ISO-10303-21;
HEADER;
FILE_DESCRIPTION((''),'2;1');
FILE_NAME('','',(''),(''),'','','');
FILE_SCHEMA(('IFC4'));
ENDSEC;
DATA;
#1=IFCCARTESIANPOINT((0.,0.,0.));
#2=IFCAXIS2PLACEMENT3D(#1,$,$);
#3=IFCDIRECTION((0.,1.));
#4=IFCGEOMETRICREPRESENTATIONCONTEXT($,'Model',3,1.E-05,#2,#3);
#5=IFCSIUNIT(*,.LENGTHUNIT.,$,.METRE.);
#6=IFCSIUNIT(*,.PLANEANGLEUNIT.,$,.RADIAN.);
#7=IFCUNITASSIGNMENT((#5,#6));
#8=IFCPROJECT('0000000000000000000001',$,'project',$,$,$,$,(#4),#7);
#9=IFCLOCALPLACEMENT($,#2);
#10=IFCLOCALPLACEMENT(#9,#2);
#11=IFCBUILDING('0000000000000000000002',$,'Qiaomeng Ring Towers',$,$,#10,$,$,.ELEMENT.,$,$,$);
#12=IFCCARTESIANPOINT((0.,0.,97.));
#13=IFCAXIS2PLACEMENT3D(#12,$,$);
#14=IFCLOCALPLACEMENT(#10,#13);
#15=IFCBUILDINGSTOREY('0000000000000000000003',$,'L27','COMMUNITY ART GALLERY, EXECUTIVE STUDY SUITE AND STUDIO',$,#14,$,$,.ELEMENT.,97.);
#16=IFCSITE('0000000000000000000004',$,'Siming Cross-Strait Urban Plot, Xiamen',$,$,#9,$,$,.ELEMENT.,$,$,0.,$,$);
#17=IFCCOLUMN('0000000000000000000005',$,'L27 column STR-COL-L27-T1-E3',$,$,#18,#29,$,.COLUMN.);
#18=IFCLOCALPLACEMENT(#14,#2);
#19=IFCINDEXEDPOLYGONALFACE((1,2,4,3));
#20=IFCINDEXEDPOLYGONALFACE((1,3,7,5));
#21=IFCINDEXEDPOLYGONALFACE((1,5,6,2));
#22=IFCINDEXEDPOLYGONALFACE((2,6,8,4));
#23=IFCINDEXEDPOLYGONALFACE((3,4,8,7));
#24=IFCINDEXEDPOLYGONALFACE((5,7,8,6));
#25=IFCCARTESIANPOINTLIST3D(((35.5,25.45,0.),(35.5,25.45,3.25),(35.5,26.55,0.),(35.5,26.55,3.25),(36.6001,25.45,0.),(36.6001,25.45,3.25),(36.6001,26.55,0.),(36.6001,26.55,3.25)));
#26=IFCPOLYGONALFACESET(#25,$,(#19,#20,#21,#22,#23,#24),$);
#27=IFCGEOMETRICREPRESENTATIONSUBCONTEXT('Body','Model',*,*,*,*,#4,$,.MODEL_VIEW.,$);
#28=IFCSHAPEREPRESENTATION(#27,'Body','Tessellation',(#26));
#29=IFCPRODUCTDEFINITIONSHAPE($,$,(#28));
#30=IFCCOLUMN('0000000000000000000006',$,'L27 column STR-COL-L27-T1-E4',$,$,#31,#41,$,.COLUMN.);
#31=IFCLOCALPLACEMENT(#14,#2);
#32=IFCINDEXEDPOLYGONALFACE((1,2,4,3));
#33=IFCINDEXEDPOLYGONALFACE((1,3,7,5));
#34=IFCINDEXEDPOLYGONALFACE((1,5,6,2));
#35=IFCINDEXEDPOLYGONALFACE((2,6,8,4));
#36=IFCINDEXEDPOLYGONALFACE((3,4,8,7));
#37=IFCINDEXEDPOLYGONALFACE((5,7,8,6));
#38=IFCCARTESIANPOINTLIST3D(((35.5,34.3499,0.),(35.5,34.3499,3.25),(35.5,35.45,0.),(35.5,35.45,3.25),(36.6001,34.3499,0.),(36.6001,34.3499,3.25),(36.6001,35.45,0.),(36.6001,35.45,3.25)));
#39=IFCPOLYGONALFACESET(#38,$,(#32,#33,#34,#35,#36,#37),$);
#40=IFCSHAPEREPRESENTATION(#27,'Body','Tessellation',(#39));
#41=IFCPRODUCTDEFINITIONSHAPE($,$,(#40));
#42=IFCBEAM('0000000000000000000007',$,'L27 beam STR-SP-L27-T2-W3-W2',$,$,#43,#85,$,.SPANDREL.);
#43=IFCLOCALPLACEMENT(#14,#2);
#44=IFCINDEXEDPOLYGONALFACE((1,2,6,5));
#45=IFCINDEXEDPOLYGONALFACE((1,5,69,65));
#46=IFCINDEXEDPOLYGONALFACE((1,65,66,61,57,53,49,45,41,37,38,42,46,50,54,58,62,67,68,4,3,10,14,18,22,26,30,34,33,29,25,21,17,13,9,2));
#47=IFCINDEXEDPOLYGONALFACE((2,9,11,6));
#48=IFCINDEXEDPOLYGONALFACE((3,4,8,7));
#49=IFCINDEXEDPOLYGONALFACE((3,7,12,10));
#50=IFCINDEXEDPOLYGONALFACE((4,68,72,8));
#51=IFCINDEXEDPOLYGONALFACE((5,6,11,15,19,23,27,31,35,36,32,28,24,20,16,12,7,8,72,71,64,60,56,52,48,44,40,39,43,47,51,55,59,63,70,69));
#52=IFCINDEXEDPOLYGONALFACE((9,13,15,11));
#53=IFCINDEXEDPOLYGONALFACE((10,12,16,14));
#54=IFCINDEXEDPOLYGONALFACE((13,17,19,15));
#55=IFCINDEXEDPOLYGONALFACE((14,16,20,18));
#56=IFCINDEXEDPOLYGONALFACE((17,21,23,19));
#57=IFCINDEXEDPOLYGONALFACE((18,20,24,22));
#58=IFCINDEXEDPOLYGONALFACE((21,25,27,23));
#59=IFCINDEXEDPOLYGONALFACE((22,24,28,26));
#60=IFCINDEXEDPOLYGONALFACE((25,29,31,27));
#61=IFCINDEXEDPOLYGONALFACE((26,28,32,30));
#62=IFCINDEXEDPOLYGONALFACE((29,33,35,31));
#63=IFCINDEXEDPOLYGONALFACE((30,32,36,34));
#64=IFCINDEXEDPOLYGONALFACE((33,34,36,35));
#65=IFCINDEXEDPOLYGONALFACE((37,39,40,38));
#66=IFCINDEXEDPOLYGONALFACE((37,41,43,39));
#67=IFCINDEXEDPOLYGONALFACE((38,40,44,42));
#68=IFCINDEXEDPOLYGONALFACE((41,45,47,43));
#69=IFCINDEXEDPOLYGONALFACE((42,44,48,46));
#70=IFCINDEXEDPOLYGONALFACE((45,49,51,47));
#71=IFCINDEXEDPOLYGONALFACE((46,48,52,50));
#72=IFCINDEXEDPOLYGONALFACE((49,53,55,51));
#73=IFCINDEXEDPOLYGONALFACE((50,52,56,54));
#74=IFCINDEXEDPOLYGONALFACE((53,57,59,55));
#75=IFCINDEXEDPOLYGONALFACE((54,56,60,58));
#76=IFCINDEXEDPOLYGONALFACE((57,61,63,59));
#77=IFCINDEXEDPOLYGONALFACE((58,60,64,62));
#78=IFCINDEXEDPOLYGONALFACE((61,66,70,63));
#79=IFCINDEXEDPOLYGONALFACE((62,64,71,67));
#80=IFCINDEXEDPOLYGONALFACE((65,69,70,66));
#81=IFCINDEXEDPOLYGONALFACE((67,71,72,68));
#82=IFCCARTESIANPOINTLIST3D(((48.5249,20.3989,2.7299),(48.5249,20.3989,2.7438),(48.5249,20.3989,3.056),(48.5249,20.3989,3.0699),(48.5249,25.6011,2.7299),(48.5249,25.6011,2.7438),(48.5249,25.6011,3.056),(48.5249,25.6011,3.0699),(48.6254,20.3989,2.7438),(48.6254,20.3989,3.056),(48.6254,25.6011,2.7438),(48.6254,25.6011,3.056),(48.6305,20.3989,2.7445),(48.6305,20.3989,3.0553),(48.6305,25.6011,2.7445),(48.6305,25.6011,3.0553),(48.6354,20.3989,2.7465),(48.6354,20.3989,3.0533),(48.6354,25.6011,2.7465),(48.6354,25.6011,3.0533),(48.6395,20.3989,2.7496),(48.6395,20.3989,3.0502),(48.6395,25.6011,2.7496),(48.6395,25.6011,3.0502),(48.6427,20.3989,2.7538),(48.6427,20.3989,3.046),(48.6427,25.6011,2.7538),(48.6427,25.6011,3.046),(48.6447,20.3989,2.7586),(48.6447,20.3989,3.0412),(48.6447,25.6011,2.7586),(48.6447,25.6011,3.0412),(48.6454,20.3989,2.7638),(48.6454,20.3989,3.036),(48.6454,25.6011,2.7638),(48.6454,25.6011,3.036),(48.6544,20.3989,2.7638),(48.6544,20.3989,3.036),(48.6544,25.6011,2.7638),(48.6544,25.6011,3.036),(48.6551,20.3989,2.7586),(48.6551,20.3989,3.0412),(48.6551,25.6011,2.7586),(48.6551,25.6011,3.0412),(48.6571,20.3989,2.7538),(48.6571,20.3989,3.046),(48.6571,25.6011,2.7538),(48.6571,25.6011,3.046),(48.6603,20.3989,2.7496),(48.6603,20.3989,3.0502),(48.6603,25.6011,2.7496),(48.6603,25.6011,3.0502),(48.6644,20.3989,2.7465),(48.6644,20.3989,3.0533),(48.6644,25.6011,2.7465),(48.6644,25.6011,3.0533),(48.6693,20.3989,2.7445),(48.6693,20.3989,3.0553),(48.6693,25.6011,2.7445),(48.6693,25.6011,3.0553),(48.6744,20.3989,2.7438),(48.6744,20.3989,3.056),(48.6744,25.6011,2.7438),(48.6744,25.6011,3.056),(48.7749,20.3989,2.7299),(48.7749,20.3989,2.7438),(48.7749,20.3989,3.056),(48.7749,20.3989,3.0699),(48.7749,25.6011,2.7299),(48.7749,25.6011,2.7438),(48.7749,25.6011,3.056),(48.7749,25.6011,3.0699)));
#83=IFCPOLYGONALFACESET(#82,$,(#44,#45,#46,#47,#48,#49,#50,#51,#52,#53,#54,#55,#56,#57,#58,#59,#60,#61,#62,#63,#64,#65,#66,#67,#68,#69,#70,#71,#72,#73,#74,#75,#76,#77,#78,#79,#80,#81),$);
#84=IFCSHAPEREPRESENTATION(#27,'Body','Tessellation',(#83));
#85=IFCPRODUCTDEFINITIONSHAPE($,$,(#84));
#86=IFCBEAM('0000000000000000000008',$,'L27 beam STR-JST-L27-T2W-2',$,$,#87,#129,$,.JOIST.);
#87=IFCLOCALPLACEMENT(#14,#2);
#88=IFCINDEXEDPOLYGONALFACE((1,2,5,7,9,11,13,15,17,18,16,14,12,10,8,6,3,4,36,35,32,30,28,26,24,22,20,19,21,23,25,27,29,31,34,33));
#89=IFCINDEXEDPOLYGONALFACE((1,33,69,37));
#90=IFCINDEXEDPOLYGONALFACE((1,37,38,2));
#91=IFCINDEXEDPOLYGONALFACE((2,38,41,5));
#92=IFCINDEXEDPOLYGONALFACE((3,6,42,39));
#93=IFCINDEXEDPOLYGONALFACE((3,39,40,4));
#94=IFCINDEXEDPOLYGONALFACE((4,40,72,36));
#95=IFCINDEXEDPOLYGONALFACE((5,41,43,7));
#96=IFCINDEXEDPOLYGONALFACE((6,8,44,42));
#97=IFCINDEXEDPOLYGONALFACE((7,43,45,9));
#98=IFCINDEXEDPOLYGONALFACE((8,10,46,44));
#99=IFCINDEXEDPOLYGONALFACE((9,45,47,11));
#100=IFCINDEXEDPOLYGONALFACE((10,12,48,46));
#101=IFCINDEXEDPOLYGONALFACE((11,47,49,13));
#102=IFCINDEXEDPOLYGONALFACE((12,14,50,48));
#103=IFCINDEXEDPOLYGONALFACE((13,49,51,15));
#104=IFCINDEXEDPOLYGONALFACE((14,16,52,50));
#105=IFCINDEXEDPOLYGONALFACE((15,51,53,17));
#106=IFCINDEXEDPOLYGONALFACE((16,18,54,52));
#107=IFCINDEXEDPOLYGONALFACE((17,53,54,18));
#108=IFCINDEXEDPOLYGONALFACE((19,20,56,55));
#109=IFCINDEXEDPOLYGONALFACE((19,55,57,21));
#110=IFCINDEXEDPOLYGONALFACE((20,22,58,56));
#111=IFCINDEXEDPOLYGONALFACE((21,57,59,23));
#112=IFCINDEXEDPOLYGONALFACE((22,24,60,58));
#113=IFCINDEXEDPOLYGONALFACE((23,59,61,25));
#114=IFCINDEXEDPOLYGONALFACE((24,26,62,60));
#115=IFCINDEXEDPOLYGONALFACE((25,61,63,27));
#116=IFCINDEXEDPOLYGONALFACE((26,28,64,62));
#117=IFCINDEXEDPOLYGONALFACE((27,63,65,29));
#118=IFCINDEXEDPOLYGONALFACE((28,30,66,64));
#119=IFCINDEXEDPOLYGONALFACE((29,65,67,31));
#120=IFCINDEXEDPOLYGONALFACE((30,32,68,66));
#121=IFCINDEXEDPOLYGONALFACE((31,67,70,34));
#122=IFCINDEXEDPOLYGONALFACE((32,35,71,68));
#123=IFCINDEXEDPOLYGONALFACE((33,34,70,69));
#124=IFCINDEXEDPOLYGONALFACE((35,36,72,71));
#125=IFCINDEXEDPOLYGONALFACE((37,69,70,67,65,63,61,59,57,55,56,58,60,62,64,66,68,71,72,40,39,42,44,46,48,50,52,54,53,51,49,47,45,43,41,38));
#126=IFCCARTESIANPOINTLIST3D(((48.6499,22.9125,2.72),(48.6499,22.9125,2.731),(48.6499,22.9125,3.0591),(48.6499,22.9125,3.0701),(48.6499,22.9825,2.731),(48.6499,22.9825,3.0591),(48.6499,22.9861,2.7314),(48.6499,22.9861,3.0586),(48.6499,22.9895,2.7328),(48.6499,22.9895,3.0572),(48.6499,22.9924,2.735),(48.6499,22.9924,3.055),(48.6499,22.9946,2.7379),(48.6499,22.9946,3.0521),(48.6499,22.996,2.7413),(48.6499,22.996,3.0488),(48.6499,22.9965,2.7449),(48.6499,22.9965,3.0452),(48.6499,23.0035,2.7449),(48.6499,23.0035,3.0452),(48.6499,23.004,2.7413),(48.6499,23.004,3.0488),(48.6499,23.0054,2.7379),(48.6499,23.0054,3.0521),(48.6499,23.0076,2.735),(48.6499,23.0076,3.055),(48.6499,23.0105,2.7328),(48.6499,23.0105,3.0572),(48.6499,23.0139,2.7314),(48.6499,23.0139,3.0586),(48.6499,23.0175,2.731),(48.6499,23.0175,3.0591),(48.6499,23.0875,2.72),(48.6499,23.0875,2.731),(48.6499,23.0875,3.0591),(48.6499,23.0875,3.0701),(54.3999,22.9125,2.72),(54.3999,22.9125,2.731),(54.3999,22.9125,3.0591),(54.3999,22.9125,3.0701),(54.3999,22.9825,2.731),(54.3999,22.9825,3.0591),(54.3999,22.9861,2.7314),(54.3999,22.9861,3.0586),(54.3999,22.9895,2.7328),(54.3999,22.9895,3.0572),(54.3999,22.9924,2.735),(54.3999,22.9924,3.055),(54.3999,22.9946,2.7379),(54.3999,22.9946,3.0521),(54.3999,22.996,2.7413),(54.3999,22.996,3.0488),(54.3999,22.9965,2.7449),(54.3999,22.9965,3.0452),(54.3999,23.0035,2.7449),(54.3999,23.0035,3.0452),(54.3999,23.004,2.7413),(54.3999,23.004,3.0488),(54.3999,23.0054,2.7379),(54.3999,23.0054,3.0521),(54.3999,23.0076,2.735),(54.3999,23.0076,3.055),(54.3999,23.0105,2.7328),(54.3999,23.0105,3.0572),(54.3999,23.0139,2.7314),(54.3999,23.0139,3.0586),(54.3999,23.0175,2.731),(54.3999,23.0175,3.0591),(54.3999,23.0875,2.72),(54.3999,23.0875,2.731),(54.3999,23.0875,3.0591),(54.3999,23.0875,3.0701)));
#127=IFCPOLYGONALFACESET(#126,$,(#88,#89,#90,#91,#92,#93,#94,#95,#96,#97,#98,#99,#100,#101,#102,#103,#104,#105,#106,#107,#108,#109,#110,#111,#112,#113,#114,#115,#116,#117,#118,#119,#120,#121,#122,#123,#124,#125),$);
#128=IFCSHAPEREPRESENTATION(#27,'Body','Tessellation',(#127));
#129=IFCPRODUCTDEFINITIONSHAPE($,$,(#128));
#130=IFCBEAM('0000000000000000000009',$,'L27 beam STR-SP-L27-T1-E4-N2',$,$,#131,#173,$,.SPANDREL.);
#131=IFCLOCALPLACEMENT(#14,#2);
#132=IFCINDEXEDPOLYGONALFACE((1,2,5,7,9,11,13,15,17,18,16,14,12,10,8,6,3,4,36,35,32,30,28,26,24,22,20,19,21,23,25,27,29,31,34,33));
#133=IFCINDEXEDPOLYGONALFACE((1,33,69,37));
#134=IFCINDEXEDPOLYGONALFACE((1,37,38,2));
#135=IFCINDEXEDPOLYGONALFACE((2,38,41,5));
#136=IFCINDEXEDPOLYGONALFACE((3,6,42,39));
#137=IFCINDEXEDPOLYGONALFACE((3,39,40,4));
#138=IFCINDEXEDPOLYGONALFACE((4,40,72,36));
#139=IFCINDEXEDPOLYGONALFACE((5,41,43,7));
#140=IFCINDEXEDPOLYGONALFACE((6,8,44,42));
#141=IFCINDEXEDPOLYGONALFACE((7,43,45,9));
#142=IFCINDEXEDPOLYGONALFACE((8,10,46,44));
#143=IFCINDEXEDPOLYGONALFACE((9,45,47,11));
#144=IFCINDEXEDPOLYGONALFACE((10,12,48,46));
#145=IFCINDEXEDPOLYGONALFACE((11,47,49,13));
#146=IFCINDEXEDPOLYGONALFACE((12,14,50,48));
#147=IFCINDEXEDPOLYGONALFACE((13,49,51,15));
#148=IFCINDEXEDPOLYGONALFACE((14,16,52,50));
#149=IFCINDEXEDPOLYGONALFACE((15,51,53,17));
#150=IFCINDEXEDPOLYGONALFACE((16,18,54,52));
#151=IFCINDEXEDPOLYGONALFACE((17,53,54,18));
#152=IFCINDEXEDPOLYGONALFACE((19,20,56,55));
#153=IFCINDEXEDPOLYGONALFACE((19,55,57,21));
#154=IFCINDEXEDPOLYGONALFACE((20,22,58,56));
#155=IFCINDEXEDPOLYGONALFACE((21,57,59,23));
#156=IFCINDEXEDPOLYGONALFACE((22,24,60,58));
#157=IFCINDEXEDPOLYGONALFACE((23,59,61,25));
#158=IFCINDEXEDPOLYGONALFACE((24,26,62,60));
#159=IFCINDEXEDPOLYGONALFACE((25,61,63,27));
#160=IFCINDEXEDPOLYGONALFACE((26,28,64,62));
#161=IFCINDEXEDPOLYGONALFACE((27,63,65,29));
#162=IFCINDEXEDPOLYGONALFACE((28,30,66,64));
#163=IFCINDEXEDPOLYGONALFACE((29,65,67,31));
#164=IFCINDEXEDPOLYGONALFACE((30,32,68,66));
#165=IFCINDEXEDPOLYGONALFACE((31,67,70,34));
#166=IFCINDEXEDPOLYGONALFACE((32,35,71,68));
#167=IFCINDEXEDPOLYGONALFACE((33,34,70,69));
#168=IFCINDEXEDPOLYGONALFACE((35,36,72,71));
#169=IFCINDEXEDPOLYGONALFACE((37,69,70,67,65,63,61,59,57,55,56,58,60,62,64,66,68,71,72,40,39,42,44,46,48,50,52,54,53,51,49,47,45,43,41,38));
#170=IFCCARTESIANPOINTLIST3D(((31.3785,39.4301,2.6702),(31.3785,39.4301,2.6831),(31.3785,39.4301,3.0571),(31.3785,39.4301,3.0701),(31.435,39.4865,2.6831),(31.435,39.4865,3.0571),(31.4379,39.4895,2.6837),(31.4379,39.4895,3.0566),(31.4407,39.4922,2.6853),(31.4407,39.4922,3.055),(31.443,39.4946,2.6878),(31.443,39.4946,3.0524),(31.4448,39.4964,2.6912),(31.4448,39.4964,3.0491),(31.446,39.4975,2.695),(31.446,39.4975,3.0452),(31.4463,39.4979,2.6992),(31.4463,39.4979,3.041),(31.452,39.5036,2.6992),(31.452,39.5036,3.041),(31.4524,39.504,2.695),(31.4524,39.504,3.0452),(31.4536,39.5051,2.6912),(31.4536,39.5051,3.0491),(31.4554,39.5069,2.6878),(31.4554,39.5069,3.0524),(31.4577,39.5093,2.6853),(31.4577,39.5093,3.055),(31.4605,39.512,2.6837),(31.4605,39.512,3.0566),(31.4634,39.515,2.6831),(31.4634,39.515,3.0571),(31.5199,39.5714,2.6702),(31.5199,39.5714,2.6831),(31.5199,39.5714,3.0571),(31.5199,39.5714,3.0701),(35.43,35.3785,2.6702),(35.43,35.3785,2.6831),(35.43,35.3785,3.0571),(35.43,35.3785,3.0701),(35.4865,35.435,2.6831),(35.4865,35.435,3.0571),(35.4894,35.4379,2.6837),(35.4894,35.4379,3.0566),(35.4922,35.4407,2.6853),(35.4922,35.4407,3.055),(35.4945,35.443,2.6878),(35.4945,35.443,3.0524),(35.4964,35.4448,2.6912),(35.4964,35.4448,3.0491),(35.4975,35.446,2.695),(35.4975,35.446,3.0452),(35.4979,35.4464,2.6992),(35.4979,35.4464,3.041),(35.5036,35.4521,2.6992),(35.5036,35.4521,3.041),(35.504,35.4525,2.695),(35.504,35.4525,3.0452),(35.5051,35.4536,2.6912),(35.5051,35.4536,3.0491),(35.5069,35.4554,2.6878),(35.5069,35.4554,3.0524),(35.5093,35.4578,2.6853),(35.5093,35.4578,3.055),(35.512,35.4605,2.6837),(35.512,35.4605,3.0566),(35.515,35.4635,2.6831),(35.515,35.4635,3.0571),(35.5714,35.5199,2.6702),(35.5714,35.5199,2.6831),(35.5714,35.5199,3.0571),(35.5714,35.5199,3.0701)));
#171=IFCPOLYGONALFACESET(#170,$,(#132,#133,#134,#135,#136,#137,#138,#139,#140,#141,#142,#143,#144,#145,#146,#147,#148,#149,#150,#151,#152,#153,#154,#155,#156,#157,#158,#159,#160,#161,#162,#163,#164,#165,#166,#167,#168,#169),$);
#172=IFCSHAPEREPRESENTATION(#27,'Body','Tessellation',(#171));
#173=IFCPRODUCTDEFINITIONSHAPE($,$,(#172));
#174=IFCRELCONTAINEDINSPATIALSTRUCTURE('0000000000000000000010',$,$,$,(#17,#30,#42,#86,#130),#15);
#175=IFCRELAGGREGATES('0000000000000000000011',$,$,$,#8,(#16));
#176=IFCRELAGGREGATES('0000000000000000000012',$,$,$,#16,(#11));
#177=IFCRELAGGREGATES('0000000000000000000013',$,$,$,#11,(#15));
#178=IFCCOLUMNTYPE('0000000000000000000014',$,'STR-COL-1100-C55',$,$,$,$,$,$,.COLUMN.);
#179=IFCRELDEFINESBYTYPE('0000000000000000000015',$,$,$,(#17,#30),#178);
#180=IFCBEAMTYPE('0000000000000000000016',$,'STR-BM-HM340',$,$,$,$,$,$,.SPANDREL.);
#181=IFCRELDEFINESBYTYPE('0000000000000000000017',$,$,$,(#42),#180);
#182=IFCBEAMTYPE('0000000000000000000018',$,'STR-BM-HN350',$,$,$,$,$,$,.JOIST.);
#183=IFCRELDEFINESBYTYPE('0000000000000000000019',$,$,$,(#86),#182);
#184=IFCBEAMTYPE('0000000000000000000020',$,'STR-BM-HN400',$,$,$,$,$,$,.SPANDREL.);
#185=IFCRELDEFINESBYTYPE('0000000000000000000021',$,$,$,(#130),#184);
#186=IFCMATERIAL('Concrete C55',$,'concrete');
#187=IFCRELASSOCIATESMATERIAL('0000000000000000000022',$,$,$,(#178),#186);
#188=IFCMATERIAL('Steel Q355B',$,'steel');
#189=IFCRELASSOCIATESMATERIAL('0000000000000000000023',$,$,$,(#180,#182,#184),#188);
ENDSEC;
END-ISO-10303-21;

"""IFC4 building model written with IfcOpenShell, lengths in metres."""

from ifc_helpers import new_model, si_unit, direction, frame, origin, origin_2d, place, context, subcontext, project, spatial, rectangle, i_section, extrude, source, transform, mapped, material, material_profile, profile_set, type_object, element, save


model = new_model("IFC4")

# Units and contexts
model_context = context("Model", 3, precision=1e-05, world=origin(), true_north=direction((0.0, 1.0)))
body_context = subcontext(model_context, "Body", "Model", "MODEL_VIEW")
ifc_project = project(units=[si_unit("LENGTHUNIT", "METRE"), si_unit("PLANEANGLEUNIT", "RADIAN")], contexts=[model_context])

# Site, building, storey
site_placement = place(None, origin())
site = spatial("IfcSite", under=ifc_project, at=site_placement, Name="Siming Cross-Strait Urban Plot, Xiamen", CompositionType="ELEMENT", RefElevation=0.0)
building_placement = place(site_placement, origin())
building = spatial("IfcBuilding", under=site, at=building_placement, Name="Qiaomeng Ring Towers", CompositionType="ELEMENT")
storey_placement = place(building_placement, frame((0.0, 0.0, 97.0)))
storey = spatial("IfcBuildingStorey", under=building, at=storey_placement, Name="L27", Description="COMMUNITY ART GALLERY, EXECUTIVE STUDY SUITE AND STUDIO", CompositionType="ELEMENT", Elevation=97.0)

# Columns
ifc_material_1 = material(Name="Concrete C55", Category="concrete")
ifc_material_profile_1 = material_profile(ifc_material_1, rectangle(XDim=1.1001, YDim=1.1001, at=origin_2d()), Name="RC COL 1100x1100")
ifc_profile_set_1 = profile_set([ifc_material_profile_1], Name="Concrete C55")
column_type = type_object("IfcColumnType", Name="STR-COL-1100-C55", PredefinedType="COLUMN", material=ifc_profile_set_1)
shared_shape_1 = source(origin(), body_context, "Body", "SweptSolid", [
    extrude(rectangle(XDim=1.1001, YDim=1.1001, at=origin_2d()), origin(), (0.0, 0.0, 1.0), 3.25),
])
for number, where, z_axis, x_axis, name in (
    (1, (36.05, 26.0, 0.0), (0.0, 0.0, 1.0), (1.0, 0.0, 0.0), "L27 column STR-COL-L27-T1-E3"),
    (2, (36.05, 34.8999, 0.0), (0.0, 0.0, 1.0), (1.0, 0.0, 0.0), "L27 column STR-COL-L27-T1-E4"),
):
    element("IfcColumn", number, at=place(storey_placement, frame(where, z_axis=z_axis, x_axis=x_axis)), inside=storey, type_object=column_type, Name=name, PredefinedType="COLUMN", context=body_context, shape_type="MappedRepresentation", body=[
        mapped(shared_shape_1, transform((0.0, 0.0, 0.0), x_axis=(1.0, 0.0, 0.0), y_axis=(0.0, 1.0, 0.0), z_axis=(0.0, 0.0, 1.0), scale=1.0)),
    ])

# Beams
ifc_material_2 = material(Name="Steel Q355B", Category="steel")
ifc_material_profile_2 = material_profile(ifc_material_2, i_section(OverallWidth=0.25, OverallDepth=0.3401, WebThickness=0.009, FlangeThickness=0.0139, FilletRadius=0.02, at=origin_2d()), Name="HM 340x250x9x14")
ifc_profile_set_2 = profile_set([ifc_material_profile_2], Name="Steel Q355B")
beam_type_1 = type_object("IfcBeamType", Name="STR-BM-HM340", PredefinedType="SPANDREL", material=ifc_profile_set_2)
shared_shape_2 = source(origin(), body_context, "Body", "SweptSolid", [
    extrude(i_section(OverallWidth=0.25, OverallDepth=0.3401, WebThickness=0.009, FlangeThickness=0.0139, FilletRadius=0.02, at=origin_2d()), origin(), (0.0, 0.0, 1.0), 5.2021),
])
beam_1_placement = place(storey_placement, frame((48.6499, 25.6011, 2.8999), z_axis=(0.0, -1.0, 0.0), x_axis=(1.0, 0.0, 0.0)))
element("IfcBeam", 3, at=beam_1_placement, inside=storey, type_object=beam_type_1, Name="L27 beam STR-SP-L27-T2-W3-W2", PredefinedType="SPANDREL", context=body_context, shape_type="MappedRepresentation", body=[
    mapped(shared_shape_2, transform((0.0, 0.0, 0.0), x_axis=(1.0, 0.0, 0.0), y_axis=(0.0, 1.0, 0.0), z_axis=(0.0, 0.0, 1.0), scale=1.0)),
])
ifc_material_profile_3 = material_profile(ifc_material_2, i_section(OverallWidth=0.175, OverallDepth=0.3501, WebThickness=0.0071, FlangeThickness=0.011, FilletRadius=0.0139, at=origin_2d()), Name="HN 350x175x7x11")
ifc_profile_set_3 = profile_set([ifc_material_profile_3], Name="Steel Q355B")
beam_type_2 = type_object("IfcBeamType", Name="STR-BM-HN350", PredefinedType="JOIST", material=ifc_profile_set_3)
shared_shape_3 = source(origin(), body_context, "Body", "SweptSolid", [
    extrude(i_section(OverallWidth=0.175, OverallDepth=0.3501, WebThickness=0.0071, FlangeThickness=0.011, FilletRadius=0.0139, at=origin_2d()), origin(), (0.0, 0.0, 1.0), 5.75),
])
beam_2_placement = place(storey_placement, frame((48.6499, 23.0, 2.895), z_axis=(1.0, 0.0, 0.0), x_axis=(0.0, 1.0, 0.0)))
element("IfcBeam", 4, at=beam_2_placement, inside=storey, type_object=beam_type_2, Name="L27 beam STR-JST-L27-T2W-2", PredefinedType="JOIST", context=body_context, shape_type="MappedRepresentation", body=[
    mapped(shared_shape_3, transform((0.0, 0.0, 0.0), x_axis=(1.0, 0.0, 0.0), y_axis=(0.0, 1.0, 0.0), z_axis=(0.0, 0.0, 1.0), scale=1.0)),
])
ifc_material_profile_4 = material_profile(ifc_material_2, i_section(OverallWidth=0.2, OverallDepth=0.3999, WebThickness=0.0081, FlangeThickness=0.0129, FilletRadius=0.0161, at=origin_2d()), Name="HN 400x200x8x13")
ifc_profile_set_4 = profile_set([ifc_material_profile_4], Name="Steel Q355B")
beam_type_3 = type_object("IfcBeamType", Name="STR-BM-HN400", PredefinedType="SPANDREL", material=ifc_profile_set_4)
shared_shape_4 = source(origin(), body_context, "Body", "SweptSolid", [
    extrude(i_section(OverallWidth=0.2, OverallDepth=0.3999, WebThickness=0.0081, FlangeThickness=0.0129, FilletRadius=0.0161, at=origin_2d()), origin(), (0.0, 0.0, 1.0), 5.7297),
])
beam_3_placement = place(storey_placement, frame((35.5007, 35.4492, 2.8701), z_axis=(-0.707107, 0.707107, 0.0), x_axis=(-0.707107, -0.707107, 0.0)))
element("IfcBeam", 5, at=beam_3_placement, inside=storey, type_object=beam_type_3, Name="L27 beam STR-SP-L27-T1-E4-N2", PredefinedType="SPANDREL", context=body_context, shape_type="MappedRepresentation", body=[
    mapped(shared_shape_4, transform((0.0, 0.0, 0.0), x_axis=(1.0, 0.0, 0.0), y_axis=(0.0, 1.0, 0.0), z_axis=(0.0, 0.0, 1.0), scale=1.0)),
])

save(model, "model.ifc")
